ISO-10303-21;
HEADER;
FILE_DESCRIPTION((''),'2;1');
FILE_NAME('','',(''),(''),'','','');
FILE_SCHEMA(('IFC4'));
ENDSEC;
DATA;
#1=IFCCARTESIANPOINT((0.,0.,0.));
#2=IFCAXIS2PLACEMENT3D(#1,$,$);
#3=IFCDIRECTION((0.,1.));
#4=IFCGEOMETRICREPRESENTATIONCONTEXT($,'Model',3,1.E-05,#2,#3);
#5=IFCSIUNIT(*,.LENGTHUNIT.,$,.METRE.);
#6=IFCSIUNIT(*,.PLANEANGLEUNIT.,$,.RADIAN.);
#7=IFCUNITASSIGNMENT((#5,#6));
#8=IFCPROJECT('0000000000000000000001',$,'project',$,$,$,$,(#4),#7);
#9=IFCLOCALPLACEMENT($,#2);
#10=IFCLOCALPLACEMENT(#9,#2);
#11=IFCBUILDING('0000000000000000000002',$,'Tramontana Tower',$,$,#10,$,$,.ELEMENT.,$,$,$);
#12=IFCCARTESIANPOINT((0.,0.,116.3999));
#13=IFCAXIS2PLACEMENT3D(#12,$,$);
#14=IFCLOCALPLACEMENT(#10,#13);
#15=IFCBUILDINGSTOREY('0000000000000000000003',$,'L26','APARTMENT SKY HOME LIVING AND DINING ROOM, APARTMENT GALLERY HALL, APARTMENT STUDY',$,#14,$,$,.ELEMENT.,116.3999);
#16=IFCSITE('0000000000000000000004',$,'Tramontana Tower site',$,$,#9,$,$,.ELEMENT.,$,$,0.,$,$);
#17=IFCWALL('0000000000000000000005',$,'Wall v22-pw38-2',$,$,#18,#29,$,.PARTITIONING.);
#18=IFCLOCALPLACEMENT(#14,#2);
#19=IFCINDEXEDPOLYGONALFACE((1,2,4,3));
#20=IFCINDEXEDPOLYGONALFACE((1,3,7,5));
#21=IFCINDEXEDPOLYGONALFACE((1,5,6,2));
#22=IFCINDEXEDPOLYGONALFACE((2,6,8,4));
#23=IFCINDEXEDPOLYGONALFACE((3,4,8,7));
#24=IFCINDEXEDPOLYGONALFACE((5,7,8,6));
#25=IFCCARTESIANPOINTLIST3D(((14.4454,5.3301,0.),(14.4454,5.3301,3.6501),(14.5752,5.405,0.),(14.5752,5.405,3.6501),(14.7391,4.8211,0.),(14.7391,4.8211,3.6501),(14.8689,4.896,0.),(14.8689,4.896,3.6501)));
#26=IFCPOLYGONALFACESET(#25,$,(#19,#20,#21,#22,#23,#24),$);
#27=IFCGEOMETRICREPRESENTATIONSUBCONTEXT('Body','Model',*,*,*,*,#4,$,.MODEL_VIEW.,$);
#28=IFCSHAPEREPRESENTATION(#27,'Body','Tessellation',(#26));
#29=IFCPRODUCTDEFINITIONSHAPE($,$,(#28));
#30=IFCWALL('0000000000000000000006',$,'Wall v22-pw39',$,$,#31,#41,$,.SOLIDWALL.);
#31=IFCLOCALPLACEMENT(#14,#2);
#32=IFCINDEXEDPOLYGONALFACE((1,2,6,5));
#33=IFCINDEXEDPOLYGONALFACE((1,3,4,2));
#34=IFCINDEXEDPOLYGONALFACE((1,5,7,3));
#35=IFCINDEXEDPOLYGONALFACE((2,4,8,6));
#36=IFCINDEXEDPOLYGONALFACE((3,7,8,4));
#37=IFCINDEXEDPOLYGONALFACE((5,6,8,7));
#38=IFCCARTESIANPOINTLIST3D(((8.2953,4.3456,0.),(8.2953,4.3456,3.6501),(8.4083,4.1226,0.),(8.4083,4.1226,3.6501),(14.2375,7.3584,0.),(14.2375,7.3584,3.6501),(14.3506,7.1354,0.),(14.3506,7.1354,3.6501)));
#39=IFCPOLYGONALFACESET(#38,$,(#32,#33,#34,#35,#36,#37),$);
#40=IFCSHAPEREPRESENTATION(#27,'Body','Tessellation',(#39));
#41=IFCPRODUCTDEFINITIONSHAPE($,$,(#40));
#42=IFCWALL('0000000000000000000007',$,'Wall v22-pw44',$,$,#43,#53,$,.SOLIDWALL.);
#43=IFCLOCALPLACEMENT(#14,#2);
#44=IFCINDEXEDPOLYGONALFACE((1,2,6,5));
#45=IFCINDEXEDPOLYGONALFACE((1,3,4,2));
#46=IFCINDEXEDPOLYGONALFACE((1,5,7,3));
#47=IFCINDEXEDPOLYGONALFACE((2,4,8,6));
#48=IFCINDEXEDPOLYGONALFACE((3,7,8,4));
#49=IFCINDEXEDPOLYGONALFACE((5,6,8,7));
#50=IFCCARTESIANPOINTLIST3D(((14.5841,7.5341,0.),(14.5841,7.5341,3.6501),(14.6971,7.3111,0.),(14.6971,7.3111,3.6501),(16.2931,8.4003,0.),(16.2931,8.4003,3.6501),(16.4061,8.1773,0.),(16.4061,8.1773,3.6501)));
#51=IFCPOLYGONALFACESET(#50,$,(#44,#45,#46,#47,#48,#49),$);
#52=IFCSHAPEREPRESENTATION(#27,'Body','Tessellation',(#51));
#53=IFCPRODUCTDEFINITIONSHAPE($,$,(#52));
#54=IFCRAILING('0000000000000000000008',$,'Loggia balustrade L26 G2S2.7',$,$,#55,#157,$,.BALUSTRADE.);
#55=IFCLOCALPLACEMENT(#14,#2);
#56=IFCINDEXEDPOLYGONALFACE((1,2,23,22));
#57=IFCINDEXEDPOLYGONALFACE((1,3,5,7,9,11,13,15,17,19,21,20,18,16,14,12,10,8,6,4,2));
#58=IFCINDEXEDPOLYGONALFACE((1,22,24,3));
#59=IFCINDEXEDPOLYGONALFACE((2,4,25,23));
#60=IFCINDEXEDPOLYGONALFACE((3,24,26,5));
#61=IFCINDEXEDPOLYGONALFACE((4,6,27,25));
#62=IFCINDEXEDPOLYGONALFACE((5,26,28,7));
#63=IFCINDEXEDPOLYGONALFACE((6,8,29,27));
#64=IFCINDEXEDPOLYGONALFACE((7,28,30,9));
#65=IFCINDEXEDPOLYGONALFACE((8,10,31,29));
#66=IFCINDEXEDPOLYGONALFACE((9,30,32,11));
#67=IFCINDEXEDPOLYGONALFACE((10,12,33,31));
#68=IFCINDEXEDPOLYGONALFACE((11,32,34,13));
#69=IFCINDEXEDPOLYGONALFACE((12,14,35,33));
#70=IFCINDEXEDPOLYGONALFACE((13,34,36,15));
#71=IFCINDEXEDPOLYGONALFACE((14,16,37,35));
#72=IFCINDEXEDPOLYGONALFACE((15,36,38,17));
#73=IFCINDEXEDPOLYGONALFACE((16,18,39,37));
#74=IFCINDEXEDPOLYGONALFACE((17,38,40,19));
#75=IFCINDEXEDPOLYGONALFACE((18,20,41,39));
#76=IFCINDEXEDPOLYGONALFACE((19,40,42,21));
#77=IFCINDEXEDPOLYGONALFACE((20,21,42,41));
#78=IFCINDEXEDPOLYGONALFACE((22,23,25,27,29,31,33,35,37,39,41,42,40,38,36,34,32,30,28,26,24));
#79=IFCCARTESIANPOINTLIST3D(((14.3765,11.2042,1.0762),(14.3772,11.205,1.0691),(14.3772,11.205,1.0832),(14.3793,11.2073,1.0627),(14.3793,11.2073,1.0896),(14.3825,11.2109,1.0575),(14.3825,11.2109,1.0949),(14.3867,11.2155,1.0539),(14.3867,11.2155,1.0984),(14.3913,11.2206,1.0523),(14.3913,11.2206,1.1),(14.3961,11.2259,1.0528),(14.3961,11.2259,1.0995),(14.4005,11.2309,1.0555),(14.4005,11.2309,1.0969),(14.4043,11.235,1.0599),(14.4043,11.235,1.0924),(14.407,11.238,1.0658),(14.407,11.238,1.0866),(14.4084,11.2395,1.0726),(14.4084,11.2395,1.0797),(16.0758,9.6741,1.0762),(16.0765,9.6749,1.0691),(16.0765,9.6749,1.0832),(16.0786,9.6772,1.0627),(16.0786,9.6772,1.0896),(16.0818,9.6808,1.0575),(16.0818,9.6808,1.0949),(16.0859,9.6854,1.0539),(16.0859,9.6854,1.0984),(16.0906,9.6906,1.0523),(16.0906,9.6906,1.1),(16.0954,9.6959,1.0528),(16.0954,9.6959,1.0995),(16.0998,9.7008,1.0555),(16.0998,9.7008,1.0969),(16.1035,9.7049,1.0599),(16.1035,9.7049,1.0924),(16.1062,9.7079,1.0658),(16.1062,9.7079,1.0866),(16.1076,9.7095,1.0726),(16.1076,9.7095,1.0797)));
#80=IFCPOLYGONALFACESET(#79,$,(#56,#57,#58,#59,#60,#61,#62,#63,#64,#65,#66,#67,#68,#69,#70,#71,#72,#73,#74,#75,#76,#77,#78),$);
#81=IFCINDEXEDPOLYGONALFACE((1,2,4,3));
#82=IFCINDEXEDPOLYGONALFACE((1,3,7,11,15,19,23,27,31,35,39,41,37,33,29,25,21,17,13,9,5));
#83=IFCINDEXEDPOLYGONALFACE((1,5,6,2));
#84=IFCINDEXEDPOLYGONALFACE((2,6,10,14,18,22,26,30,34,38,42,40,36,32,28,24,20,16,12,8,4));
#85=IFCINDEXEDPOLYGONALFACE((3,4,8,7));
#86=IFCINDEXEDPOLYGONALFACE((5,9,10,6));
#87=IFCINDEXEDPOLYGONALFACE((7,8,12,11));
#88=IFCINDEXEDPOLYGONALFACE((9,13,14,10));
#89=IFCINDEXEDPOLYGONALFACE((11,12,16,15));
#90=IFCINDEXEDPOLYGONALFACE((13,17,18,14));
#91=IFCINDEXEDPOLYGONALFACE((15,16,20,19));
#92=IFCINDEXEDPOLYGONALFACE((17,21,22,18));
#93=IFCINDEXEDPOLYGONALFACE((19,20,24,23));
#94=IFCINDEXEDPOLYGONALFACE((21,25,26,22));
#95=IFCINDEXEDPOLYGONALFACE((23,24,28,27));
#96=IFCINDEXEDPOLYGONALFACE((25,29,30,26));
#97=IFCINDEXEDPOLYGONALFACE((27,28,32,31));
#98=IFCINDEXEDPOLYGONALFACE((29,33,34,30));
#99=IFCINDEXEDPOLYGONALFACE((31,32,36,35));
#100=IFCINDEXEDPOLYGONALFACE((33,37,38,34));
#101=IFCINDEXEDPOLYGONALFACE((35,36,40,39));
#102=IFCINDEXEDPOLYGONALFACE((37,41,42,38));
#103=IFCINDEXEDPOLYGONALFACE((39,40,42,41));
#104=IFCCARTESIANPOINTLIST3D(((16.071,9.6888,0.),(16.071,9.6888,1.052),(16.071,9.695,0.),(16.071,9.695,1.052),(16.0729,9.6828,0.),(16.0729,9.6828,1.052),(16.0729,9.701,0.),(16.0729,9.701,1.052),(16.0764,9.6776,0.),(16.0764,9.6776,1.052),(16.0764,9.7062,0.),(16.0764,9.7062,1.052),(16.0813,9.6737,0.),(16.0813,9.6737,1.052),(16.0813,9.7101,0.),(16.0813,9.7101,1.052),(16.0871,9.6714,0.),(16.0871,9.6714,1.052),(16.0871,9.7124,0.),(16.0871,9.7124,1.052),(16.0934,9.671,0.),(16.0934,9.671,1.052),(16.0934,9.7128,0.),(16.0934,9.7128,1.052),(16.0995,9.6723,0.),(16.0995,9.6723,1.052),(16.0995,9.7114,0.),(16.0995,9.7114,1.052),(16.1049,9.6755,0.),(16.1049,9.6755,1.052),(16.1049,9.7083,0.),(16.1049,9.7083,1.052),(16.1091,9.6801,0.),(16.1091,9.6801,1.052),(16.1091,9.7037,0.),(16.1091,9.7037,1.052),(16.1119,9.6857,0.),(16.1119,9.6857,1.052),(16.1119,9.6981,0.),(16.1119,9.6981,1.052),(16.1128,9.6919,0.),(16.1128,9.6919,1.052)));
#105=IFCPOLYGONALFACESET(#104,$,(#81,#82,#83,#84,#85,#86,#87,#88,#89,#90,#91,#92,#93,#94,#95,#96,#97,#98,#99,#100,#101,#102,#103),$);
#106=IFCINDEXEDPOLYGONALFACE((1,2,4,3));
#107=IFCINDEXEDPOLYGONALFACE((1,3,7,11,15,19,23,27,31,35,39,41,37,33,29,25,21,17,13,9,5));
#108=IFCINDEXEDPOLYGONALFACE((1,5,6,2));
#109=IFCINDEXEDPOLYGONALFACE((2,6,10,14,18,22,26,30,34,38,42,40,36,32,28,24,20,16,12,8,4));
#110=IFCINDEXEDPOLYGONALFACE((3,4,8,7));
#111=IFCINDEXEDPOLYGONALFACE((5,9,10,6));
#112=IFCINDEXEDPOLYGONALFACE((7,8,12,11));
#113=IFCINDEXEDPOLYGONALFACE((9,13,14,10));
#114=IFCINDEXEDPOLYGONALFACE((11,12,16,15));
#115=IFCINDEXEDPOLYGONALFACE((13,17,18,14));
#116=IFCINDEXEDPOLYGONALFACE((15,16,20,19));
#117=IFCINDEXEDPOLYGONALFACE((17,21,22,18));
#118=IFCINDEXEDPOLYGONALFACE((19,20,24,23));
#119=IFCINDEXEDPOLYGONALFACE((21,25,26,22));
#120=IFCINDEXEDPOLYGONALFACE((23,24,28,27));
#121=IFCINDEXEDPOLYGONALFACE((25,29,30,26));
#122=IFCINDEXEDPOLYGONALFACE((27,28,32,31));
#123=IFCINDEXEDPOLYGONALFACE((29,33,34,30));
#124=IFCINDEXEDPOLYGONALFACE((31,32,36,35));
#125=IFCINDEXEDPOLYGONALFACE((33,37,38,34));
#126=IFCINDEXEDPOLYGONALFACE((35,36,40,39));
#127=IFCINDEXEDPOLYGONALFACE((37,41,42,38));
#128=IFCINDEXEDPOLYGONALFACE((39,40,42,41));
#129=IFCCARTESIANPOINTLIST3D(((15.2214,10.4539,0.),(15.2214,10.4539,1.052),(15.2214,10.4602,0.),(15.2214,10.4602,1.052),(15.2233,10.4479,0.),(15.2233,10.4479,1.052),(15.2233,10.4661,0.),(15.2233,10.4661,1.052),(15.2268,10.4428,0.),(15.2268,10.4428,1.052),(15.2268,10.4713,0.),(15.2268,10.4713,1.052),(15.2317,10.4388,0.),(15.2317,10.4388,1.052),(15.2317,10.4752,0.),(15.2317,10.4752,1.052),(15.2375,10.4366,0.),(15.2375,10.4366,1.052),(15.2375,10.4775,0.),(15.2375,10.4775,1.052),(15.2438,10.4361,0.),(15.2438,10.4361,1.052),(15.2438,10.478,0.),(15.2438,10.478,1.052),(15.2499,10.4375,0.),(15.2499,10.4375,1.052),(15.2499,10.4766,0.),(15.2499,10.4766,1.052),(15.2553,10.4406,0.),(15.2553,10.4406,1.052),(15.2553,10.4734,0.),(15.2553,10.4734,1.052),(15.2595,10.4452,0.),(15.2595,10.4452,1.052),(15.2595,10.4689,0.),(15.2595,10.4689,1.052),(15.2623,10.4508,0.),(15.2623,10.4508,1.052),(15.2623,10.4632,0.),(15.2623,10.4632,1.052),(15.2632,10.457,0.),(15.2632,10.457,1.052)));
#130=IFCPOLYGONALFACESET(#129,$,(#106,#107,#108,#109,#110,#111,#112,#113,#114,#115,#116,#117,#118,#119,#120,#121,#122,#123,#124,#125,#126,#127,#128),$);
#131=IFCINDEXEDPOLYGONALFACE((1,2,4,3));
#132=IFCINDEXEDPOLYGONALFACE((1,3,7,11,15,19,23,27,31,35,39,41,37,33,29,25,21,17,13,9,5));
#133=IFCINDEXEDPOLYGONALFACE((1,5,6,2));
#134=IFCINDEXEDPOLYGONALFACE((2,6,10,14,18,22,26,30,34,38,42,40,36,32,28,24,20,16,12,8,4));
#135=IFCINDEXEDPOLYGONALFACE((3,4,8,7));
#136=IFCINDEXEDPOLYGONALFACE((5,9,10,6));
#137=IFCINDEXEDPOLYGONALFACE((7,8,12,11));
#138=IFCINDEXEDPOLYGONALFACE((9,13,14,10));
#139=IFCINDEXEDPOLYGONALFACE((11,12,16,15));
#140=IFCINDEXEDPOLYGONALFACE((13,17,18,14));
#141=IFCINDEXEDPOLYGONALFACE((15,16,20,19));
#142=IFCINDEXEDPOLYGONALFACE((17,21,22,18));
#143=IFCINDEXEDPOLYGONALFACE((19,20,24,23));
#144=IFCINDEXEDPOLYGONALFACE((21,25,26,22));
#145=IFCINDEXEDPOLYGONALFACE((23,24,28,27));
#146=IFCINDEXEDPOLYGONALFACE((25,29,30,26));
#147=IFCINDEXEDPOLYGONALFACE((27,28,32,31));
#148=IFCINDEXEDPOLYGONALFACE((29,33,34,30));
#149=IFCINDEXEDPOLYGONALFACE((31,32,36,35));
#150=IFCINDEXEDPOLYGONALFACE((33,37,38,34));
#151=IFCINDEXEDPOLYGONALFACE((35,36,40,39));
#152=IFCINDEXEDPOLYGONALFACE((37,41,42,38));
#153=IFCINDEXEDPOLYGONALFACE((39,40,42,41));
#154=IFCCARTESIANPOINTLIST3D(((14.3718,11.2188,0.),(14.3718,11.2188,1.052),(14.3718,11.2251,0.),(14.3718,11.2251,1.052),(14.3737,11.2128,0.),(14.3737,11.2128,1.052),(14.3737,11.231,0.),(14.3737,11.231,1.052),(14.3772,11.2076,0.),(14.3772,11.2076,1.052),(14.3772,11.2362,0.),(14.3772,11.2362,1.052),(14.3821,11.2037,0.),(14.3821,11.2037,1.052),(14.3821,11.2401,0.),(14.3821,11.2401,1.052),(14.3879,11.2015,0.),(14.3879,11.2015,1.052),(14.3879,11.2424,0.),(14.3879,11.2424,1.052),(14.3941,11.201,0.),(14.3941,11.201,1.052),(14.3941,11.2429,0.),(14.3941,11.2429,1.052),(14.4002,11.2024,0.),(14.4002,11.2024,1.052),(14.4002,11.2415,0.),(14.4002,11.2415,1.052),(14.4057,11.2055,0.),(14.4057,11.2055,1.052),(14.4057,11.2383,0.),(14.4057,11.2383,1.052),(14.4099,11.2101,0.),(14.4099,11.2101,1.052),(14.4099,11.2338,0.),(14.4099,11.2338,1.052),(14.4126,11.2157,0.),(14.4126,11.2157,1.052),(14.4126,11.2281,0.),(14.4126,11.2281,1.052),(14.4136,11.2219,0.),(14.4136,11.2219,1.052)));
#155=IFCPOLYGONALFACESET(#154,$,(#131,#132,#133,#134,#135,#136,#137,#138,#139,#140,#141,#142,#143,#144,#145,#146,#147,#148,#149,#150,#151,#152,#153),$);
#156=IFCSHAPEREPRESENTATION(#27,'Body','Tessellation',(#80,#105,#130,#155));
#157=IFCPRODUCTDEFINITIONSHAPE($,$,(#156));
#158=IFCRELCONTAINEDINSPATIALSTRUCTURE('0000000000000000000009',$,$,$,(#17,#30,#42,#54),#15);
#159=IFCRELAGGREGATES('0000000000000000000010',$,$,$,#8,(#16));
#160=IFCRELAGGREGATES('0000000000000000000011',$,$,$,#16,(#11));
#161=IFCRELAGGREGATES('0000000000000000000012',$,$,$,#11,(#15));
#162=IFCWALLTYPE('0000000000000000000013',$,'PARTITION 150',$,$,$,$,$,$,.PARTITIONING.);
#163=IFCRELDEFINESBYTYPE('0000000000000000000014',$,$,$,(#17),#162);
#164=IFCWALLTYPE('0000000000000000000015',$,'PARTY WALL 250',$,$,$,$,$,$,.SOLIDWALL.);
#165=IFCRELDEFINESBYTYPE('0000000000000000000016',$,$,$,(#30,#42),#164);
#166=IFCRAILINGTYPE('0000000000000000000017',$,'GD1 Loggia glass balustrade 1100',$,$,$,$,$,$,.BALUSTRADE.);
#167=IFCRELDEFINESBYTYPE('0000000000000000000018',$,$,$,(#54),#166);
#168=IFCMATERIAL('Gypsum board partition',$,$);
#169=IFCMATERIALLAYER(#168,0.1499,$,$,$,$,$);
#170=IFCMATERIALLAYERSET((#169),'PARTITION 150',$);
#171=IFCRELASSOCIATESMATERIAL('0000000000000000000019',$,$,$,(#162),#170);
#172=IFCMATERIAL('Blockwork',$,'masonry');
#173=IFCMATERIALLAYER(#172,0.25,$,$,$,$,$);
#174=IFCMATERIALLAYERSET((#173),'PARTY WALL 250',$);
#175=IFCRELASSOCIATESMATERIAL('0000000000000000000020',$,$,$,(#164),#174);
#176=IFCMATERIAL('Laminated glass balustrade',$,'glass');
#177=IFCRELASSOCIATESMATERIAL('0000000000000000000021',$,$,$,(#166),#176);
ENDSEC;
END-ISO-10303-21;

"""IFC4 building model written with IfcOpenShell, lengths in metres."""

from ifc_helpers import new_model, si_unit, direction, frame, frame_2d, origin, origin_2d, place, context, subcontext, project, spatial, rectangle, circle, extrude, material, layer, layer_set, type_object, element, save


model = new_model("IFC4")

# Units and contexts
model_context = context("Model", 3, precision=1e-05, world=origin(), true_north=direction((0.0, 1.0)))
body_context = subcontext(model_context, "Body", "Model", "MODEL_VIEW")
ifc_project = project(units=[si_unit("LENGTHUNIT", "METRE"), si_unit("PLANEANGLEUNIT", "RADIAN")], contexts=[model_context])

# Site, building, storey
site_placement = place(None, origin())
site = spatial("IfcSite", under=ifc_project, at=site_placement, Name="Tramontana Tower site", CompositionType="ELEMENT", RefElevation=0.0)
building_placement = place(site_placement, origin())
building = spatial("IfcBuilding", under=site, at=building_placement, Name="Tramontana Tower", CompositionType="ELEMENT")
storey_placement = place(building_placement, frame((0.0, 0.0, 116.3999)))
storey = spatial("IfcBuildingStorey", under=building, at=storey_placement, Name="L26", Description="APARTMENT SKY HOME LIVING AND DINING ROOM, APARTMENT GALLERY HALL, APARTMENT STUDY", CompositionType="ELEMENT", Elevation=116.3999)

# Shared definitions
ifc_material_1 = material(Name="Gypsum board partition")
ifc_layer_1 = layer(ifc_material_1, 0.1499)
ifc_layer_set_1 = layer_set([ifc_layer_1], Name="PARTITION 150")
wall_type_1 = type_object("IfcWallType", Name="PARTITION 150", PredefinedType="PARTITIONING", material=ifc_layer_set_1)

# Walls
wall_1_placement = place(storey_placement, frame((14.5103, 5.3677, 0.0), z_axis=(0.0, 0.0, 1.0), x_axis=(0.499758, -0.866165, 0.0)))
element("IfcWall", 1, at=wall_1_placement, inside=storey, type_object=wall_type_1, Name="Wall v22-pw38-2", PredefinedType="PARTITIONING", context=body_context, shape_type="SweptSolid", body=[
    extrude(rectangle(XDim=0.5876, YDim=0.1499, at=frame_2d((0.2939, 0.0))), origin(), (0.0, 0.0, 1.0), 3.6501),
])
ifc_material_2 = material(Name="Blockwork", Category="masonry")
ifc_layer_2 = layer(ifc_material_2, 0.25)
ifc_layer_set_2 = layer_set([ifc_layer_2], Name="PARTY WALL 250")
wall_type_2 = type_object("IfcWallType", Name="PARTY WALL 250", PredefinedType="SOLIDWALL", material=ifc_layer_set_2)
wall_2_placement = place(storey_placement, frame((14.2939, 7.2468, 0.0), z_axis=(0.0, 0.0, 1.0), x_axis=(-0.891914, -0.452205, 0.0)))
element("IfcWall", 2, at=wall_2_placement, inside=storey, type_object=wall_type_2, Name="Wall v22-pw39", PredefinedType="SOLIDWALL", context=body_context, shape_type="SweptSolid", body=[
    extrude(rectangle(XDim=6.6624, YDim=0.25, at=frame_2d((3.3311, 0.0))), origin(), (0.0, 0.0, 1.0), 3.6501),
])
wall_3_placement = place(storey_placement, frame((16.3496, 8.2888, 0.0), z_axis=(0.0, 0.0, 1.0), x_axis=(-0.891967, -0.4521, 0.0)))
element("IfcWall", 3, at=wall_3_placement, inside=storey, type_object=wall_type_2, Name="Wall v22-pw44", PredefinedType="SOLIDWALL", context=body_context, shape_type="SweptSolid", body=[
    extrude(rectangle(XDim=1.916, YDim=0.25, at=frame_2d((0.958, 0.0))), origin(), (0.0, 0.0, 1.0), 3.6501),
])

# Railing
ifc_material_3 = material(Name="Laminated glass balustrade", Category="glass")
railing_type = type_object("IfcRailingType", Name="GD1 Loggia glass balustrade 1100", PredefinedType="BALUSTRADE", material=ifc_material_3)
railing_1_placement = place(storey_placement, frame((16.0918, 9.6919, 0.0)))
element("IfcRailing", 4, at=railing_1_placement, inside=storey, type_object=railing_type, Name="Loggia balustrade L26 G2S2.7", PredefinedType="BALUSTRADE", context=body_context, shape_type="SweptSolid", body=[
    extrude(circle(Radius=0.0239, at=origin_2d()), frame((0.0, 0.0, 1.0762), z_axis=(-0.743135, 0.669142, 0.0), x_axis=(-0.669142, -0.743135, 0.0)), (0.0, 0.0, 1.0), 2.2866),
    extrude(circle(Radius=0.021, at=origin_2d()), origin(), (0.0, 0.0, 1.0), 1.052),
    extrude(circle(Radius=0.021, at=origin_2d()), frame((-0.8496, 0.7651, 0.0)), (0.0, 0.0, 1.0), 1.052),
    extrude(circle(Radius=0.021, at=origin_2d()), frame((-1.6992, 1.53, 0.0)), (0.0, 0.0, 1.0), 1.052),
])

save(model, "model.ifc")
